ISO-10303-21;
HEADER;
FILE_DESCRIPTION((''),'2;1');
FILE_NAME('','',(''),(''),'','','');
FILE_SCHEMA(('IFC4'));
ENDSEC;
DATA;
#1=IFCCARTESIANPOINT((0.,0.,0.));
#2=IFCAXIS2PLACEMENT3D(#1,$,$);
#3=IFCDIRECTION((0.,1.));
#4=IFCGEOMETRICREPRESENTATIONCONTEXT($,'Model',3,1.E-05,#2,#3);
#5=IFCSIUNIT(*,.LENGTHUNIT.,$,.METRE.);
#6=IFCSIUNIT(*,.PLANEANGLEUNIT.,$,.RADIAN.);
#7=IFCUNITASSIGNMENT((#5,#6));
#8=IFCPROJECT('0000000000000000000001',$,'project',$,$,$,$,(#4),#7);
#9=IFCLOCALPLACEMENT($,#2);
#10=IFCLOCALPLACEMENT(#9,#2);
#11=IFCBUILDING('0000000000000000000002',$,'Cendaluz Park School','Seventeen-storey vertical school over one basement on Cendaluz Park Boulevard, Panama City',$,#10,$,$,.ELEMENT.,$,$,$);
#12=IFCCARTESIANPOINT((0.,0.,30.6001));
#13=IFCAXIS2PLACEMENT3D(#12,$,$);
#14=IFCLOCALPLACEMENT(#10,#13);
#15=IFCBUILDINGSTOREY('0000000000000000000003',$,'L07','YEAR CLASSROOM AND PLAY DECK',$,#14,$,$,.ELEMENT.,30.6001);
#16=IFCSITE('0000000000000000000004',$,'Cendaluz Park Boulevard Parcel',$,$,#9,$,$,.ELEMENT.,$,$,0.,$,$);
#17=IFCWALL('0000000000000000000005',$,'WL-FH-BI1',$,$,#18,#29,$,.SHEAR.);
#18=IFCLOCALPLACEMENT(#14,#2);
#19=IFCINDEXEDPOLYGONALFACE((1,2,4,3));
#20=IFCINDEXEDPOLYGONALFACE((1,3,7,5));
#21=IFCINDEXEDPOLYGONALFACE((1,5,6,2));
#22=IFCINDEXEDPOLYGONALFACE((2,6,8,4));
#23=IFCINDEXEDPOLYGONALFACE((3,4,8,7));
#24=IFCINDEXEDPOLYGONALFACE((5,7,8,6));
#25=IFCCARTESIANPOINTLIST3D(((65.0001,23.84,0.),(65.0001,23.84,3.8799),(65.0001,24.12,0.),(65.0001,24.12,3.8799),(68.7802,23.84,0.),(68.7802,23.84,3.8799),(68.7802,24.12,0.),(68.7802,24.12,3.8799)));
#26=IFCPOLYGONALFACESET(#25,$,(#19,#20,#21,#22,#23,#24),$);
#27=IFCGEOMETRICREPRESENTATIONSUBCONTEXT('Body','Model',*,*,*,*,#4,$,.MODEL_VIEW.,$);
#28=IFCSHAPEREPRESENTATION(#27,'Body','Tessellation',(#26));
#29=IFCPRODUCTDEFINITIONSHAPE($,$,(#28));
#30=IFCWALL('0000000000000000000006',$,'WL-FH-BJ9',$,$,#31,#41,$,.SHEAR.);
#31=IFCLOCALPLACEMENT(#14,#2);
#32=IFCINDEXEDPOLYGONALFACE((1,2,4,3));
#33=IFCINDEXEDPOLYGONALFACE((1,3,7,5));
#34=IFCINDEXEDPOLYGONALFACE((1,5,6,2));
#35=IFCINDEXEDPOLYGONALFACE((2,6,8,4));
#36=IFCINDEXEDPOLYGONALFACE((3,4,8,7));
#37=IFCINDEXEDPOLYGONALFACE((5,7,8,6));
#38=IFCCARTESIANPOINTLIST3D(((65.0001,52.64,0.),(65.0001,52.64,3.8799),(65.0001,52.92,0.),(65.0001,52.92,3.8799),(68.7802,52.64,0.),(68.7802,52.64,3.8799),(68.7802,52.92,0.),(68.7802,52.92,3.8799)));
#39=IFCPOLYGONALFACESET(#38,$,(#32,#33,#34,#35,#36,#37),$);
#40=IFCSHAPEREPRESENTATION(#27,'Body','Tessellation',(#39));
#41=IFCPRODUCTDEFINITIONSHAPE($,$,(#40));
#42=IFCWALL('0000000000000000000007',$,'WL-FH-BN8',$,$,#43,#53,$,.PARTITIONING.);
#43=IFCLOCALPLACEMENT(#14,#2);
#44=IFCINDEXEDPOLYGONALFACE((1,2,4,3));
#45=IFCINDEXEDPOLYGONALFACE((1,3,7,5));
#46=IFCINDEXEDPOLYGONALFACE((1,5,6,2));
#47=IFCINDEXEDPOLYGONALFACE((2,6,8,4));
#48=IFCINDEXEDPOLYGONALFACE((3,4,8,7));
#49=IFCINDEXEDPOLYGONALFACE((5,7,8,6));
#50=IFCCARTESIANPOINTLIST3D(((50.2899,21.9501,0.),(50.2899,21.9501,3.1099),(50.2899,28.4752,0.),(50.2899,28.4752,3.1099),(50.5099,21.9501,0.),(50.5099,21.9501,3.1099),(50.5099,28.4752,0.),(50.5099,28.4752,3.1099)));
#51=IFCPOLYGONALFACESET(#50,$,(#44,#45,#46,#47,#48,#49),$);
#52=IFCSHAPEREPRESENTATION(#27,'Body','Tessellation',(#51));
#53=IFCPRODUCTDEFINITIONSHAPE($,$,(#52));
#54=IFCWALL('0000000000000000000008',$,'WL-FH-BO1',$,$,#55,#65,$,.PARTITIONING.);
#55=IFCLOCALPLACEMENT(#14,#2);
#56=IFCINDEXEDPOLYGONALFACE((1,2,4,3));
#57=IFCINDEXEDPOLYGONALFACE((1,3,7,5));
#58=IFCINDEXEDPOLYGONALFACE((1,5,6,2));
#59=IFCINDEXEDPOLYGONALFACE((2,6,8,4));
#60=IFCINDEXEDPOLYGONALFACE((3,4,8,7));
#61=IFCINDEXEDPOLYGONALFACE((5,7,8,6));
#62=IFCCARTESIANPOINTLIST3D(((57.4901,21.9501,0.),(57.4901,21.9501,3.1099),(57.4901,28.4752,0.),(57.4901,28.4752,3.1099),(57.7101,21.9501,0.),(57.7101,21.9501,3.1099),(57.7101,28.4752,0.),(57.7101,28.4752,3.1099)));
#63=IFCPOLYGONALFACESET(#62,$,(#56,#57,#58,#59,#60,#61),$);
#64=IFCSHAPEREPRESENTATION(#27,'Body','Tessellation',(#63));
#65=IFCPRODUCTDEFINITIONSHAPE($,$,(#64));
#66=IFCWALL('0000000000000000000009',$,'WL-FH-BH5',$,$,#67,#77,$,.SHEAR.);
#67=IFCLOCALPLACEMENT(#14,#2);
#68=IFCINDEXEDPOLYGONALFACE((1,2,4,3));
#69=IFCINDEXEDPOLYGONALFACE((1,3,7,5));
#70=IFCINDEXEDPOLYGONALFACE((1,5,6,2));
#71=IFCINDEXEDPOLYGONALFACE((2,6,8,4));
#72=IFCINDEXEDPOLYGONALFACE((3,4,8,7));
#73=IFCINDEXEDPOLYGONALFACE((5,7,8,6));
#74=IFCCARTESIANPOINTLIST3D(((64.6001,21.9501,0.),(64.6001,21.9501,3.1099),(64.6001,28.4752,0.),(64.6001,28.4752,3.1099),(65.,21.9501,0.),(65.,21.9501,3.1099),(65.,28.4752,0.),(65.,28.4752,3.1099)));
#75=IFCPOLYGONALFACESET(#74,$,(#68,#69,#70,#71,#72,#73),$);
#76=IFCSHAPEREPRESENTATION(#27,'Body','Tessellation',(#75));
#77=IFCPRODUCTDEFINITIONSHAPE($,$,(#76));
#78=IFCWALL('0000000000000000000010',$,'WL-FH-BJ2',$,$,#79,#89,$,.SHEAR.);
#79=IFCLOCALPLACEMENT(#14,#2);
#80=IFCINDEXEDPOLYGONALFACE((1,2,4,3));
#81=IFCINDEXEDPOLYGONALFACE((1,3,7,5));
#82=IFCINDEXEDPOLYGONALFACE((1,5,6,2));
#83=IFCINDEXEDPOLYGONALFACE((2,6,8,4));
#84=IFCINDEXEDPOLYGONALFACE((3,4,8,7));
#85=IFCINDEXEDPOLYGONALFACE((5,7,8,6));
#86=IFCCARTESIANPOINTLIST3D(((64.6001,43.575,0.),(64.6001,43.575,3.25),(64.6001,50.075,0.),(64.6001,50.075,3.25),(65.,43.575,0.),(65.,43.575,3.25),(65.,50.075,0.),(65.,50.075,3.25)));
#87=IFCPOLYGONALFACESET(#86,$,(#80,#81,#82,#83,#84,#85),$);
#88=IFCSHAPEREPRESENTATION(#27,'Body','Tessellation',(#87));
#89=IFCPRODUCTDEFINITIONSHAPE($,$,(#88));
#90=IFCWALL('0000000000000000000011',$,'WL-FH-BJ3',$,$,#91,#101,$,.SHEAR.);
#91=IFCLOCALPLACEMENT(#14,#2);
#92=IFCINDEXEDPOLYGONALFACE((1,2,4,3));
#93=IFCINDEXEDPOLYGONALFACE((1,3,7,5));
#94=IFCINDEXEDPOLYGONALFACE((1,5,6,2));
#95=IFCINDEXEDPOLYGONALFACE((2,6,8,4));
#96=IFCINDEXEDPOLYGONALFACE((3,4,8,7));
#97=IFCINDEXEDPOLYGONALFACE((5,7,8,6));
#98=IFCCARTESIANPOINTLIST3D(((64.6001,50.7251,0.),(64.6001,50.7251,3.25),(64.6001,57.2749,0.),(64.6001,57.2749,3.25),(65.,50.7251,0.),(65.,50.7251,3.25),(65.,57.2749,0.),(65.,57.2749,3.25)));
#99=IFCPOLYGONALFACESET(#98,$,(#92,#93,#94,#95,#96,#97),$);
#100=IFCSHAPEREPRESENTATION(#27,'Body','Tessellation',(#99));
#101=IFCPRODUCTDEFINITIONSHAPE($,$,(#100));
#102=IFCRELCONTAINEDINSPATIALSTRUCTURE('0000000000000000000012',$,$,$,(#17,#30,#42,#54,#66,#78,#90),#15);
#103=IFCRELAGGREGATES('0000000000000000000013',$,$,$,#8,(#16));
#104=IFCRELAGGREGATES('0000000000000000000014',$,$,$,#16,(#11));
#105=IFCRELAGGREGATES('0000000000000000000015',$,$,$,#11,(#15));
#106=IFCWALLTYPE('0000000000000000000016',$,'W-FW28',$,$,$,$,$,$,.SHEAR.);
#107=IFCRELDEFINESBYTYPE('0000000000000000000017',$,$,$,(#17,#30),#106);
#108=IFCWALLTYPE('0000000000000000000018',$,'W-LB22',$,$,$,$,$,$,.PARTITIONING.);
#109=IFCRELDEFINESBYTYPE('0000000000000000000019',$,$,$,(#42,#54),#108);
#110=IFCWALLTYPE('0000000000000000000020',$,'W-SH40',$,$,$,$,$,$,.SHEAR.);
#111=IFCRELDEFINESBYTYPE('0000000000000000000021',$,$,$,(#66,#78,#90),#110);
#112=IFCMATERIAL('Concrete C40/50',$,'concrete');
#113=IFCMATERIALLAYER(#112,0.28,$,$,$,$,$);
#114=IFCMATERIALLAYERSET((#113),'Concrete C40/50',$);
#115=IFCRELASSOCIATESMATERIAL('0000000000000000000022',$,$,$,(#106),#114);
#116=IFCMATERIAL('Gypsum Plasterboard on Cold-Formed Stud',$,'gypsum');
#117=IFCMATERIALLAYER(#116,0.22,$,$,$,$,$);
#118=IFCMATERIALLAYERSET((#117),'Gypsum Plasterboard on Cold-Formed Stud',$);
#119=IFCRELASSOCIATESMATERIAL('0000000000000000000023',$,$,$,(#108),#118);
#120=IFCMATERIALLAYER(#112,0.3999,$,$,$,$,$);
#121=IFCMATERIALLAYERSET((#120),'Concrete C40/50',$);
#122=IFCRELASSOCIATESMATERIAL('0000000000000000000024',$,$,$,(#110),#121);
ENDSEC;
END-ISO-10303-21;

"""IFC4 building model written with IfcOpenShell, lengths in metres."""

from ifc_helpers import new_model, si_unit, direction, frame, frame_2d, origin, place, context, subcontext, project, spatial, rectangle, extrude, material, layer, layer_set, type_object, element, save


model = new_model("IFC4")

# Units and contexts
model_context = context("Model", 3, precision=1e-05, world=origin(), true_north=direction((0.0, 1.0)))
body_context = subcontext(model_context, "Body", "Model", "MODEL_VIEW")
ifc_project = project(units=[si_unit("LENGTHUNIT", "METRE"), si_unit("PLANEANGLEUNIT", "RADIAN")], contexts=[model_context])

# Site, building, storey
site_placement = place(None, origin())
site = spatial("IfcSite", under=ifc_project, at=site_placement, Name="Cendaluz Park Boulevard Parcel", CompositionType="ELEMENT", RefElevation=0.0)
building_placement = place(site_placement, origin())
building = spatial("IfcBuilding", under=site, at=building_placement, Name="Cendaluz Park School", Description="Seventeen-storey vertical school over one basement on Cendaluz Park Boulevard, Panama City", CompositionType="ELEMENT")
storey_placement = place(building_placement, frame((0.0, 0.0, 30.6001)))
storey = spatial("IfcBuildingStorey", under=building, at=storey_placement, Name="L07", Description="YEAR CLASSROOM AND PLAY DECK", CompositionType="ELEMENT", Elevation=30.6001)

# Shared definitions
ifc_material_1 = material(Name="Concrete C40/50", Category="concrete")

# Walls
ifc_layer_1 = layer(ifc_material_1, 0.28)
ifc_layer_set_1 = layer_set([ifc_layer_1], Name="Concrete C40/50")
wall_type_1 = type_object("IfcWallType", Name="W-FW28", PredefinedType="SHEAR", material=ifc_layer_set_1)
for number, where, z_axis, x_axis, name in (
    (1, (65.0, 23.98, 0.0), (0.0, 0.0, 1.0), (1.0, 0.0, 0.0), "WL-FH-BI1"),
    (2, (65.0, 52.78, 0.0), (0.0, 0.0, 1.0), (1.0, 0.0, 0.0), "WL-FH-BJ9"),
):
    element("IfcWall", number, at=place(storey_placement, frame(where, z_axis=z_axis, x_axis=x_axis)), inside=storey, type_object=wall_type_1, Name=name, PredefinedType="SHEAR", context=body_context, shape_type="SweptSolid", body=[
        extrude(rectangle(XDim=3.78, YDim=0.28, at=frame_2d((1.8901, 0.0))), origin(), (0.0, 0.0, 1.0), 3.8799),
    ])
ifc_material_2 = material(Name="Gypsum Plasterboard on Cold-Formed Stud", Category="gypsum")
ifc_layer_2 = layer(ifc_material_2, 0.22)
ifc_layer_set_2 = layer_set([ifc_layer_2], Name="Gypsum Plasterboard on Cold-Formed Stud")
wall_type_2 = type_object("IfcWallType", Name="W-LB22", PredefinedType="PARTITIONING", material=ifc_layer_set_2)
for number, where, z_axis, x_axis, name in (
    (3, (50.3999, 21.95, 0.0), (0.0, 0.0, 1.0), (0.0, 1.0, 0.0), "WL-FH-BN8"),
    (4, (57.6001, 21.95, 0.0), (0.0, 0.0, 1.0), (0.0, 1.0, 0.0), "WL-FH-BO1"),
):
    element("IfcWall", number, at=place(storey_placement, frame(where, z_axis=z_axis, x_axis=x_axis)), inside=storey, type_object=wall_type_2, Name=name, PredefinedType="PARTITIONING", context=body_context, shape_type="SweptSolid", body=[
        extrude(rectangle(XDim=6.5251, YDim=0.22, at=frame_2d((3.2627, 0.0))), origin(), (0.0, 0.0, 1.0), 3.1099),
    ])
ifc_layer_3 = layer(ifc_material_1, 0.3999)
ifc_layer_set_3 = layer_set([ifc_layer_3], Name="Concrete C40/50")
wall_type_3 = type_object("IfcWallType", Name="W-SH40", PredefinedType="SHEAR", material=ifc_layer_set_3)
wall_1_placement = place(storey_placement, frame((64.8, 21.95, 0.0), z_axis=(0.0, 0.0, 1.0), x_axis=(0.0, 1.0, 0.0)))
element("IfcWall", 5, at=wall_1_placement, inside=storey, type_object=wall_type_3, Name="WL-FH-BH5", PredefinedType="SHEAR", context=body_context, shape_type="SweptSolid", body=[
    extrude(rectangle(XDim=6.5251, YDim=0.3999, at=frame_2d((3.2627, 0.0))), origin(), (0.0, 0.0, 1.0), 3.1099),
])
wall_2_placement = place(storey_placement, frame((64.8, 43.575, 0.0), z_axis=(0.0, 0.0, 1.0), x_axis=(0.0, 1.0, 0.0)))
element("IfcWall", 6, at=wall_2_placement, inside=storey, type_object=wall_type_3, Name="WL-FH-BJ2", PredefinedType="SHEAR", context=body_context, shape_type="SweptSolid", body=[
    extrude(rectangle(XDim=6.5, YDim=0.3999, at=frame_2d((3.25, 0.0))), origin(), (0.0, 0.0, 1.0), 3.25),
])
wall_3_placement = place(storey_placement, frame((64.8, 50.7251, 0.0), z_axis=(0.0, 0.0, 1.0), x_axis=(0.0, 1.0, 0.0)))
element("IfcWall", 7, at=wall_3_placement, inside=storey, type_object=wall_type_3, Name="WL-FH-BJ3", PredefinedType="SHEAR", context=body_context, shape_type="SweptSolid", body=[
    extrude(rectangle(XDim=6.5498, YDim=0.3999, at=frame_2d((3.2749, 0.0))), origin(), (0.0, 0.0, 1.0), 3.25),
])

save(model, "model.ifc")
